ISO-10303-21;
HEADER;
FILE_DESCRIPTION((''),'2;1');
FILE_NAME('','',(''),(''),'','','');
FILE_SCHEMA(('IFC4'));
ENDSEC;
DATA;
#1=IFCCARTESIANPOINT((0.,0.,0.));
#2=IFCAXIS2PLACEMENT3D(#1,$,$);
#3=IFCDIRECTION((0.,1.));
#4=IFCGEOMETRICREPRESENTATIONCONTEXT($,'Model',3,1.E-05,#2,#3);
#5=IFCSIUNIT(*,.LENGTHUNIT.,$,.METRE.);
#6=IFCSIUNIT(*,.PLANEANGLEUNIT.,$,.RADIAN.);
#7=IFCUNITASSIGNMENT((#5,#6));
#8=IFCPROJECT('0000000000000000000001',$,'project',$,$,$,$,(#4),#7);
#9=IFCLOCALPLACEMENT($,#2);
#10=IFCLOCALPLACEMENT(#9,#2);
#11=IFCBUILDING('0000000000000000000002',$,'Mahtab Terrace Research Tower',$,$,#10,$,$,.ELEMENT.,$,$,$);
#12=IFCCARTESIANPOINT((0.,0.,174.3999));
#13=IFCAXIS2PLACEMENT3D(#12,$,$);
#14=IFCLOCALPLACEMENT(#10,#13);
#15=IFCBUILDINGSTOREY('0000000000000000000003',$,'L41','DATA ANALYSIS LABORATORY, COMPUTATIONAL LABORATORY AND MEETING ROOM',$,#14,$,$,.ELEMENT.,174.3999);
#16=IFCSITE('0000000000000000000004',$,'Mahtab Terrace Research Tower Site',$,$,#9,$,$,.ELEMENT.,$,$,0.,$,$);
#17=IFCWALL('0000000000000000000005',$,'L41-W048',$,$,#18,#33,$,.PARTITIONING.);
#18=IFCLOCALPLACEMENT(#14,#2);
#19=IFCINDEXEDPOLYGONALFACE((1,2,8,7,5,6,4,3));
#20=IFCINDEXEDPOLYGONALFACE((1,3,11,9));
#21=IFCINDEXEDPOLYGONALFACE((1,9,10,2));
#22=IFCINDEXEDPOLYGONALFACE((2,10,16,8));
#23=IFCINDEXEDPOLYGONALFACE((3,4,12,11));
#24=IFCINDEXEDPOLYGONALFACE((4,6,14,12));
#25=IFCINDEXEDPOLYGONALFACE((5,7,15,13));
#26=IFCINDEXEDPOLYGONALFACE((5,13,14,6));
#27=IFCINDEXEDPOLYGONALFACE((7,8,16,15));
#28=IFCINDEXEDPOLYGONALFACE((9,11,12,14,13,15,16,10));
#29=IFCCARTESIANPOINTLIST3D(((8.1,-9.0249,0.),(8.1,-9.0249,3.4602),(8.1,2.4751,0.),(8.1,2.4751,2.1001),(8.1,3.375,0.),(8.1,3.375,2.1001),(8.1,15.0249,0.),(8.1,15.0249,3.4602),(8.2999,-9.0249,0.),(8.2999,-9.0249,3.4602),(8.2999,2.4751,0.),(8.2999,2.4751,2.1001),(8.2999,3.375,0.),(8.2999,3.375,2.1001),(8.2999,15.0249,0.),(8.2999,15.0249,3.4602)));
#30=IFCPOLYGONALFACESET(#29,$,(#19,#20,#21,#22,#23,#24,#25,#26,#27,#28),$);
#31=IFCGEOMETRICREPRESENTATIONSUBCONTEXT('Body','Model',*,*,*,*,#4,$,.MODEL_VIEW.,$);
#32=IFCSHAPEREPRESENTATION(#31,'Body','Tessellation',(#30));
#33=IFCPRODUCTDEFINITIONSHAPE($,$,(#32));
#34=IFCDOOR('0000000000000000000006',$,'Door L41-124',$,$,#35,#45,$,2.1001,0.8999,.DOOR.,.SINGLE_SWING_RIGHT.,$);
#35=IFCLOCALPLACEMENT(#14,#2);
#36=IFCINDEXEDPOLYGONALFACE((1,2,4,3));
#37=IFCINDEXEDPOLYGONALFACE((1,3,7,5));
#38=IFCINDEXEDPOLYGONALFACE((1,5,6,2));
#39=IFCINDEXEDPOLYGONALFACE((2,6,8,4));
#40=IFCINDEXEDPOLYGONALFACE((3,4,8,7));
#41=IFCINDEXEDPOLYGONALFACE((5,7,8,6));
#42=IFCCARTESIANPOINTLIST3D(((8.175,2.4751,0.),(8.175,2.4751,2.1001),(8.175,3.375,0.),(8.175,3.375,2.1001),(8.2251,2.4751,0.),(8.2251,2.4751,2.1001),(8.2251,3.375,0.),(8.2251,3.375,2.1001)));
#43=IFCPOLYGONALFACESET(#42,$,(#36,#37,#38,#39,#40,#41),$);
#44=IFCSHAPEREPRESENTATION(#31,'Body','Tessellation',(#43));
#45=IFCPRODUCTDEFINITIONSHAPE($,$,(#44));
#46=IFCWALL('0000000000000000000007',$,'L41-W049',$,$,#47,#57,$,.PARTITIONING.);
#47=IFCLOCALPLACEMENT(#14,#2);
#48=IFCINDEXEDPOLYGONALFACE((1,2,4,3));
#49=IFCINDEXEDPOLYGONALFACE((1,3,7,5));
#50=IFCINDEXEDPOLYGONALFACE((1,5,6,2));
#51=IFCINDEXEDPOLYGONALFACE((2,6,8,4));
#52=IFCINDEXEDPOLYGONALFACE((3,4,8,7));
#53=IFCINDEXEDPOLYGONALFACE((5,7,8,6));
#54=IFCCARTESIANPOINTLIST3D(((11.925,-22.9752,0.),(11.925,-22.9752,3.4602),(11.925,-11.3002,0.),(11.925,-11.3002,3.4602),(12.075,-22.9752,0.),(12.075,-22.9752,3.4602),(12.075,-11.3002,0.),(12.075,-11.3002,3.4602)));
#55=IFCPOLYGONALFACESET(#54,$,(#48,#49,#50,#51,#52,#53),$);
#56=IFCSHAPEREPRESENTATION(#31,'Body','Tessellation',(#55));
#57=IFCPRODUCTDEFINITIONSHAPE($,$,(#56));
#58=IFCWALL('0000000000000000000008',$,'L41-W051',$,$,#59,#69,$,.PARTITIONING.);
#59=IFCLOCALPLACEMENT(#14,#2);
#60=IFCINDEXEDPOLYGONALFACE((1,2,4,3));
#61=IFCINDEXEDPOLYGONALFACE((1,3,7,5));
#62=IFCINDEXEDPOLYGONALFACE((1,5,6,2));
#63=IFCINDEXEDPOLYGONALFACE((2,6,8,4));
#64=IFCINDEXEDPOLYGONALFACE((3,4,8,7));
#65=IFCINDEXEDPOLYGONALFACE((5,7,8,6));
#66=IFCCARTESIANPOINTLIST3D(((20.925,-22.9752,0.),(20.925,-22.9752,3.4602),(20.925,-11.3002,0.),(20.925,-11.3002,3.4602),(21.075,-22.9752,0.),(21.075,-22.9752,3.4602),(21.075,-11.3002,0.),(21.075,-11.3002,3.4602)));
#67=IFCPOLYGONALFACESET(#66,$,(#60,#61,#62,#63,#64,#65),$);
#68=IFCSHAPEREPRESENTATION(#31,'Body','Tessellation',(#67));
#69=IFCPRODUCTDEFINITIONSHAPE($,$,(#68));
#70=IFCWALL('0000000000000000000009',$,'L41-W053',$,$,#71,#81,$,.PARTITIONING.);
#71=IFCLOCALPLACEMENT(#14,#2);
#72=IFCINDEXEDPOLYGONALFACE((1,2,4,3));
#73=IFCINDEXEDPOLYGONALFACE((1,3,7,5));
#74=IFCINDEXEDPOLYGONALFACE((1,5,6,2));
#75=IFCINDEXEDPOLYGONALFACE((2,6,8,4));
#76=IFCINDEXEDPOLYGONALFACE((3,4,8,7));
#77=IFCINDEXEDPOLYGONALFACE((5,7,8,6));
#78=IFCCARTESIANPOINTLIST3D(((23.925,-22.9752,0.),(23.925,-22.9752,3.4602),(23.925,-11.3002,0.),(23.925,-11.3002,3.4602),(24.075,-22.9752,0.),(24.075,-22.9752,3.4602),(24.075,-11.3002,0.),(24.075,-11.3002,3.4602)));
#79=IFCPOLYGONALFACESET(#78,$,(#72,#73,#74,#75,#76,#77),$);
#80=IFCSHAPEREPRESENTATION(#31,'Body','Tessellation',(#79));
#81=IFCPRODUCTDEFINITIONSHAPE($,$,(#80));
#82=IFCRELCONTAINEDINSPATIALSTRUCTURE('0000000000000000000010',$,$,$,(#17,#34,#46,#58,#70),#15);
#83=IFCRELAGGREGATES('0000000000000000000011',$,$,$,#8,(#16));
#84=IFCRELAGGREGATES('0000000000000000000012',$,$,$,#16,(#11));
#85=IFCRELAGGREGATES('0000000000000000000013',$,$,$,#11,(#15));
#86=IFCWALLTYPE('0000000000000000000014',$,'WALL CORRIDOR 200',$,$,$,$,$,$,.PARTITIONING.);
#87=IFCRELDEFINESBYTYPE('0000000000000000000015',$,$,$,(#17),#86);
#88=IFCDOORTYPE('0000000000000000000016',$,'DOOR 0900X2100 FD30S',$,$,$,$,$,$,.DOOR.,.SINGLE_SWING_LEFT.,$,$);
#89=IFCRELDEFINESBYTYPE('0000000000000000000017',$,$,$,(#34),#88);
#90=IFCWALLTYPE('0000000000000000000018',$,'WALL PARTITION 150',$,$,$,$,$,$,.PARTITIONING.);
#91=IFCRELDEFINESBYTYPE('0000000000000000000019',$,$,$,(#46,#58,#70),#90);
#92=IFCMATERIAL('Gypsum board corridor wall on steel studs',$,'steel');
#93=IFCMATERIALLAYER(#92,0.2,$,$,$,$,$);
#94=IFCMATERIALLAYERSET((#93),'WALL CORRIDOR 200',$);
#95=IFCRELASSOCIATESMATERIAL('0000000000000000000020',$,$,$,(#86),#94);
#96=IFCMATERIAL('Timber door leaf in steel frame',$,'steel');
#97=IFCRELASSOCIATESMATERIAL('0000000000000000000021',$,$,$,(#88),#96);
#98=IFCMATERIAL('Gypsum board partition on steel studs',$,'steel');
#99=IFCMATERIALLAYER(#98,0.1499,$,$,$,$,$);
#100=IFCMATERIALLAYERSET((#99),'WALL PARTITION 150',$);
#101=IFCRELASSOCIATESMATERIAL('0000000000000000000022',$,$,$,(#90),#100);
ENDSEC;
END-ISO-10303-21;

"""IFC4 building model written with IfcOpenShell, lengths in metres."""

from ifc_helpers import new_model, si_unit, direction, frame, frame_2d, origin, place, context, subcontext, project, spatial, rectangle, extrude, material, layer, layer_set, type_object, element, fill, save


model = new_model("IFC4")

# Units and contexts
model_context = context("Model", 3, precision=1e-05, world=origin(), true_north=direction((0.0, 1.0)))
body_context = subcontext(model_context, "Body", "Model", "MODEL_VIEW")
ifc_project = project(units=[si_unit("LENGTHUNIT", "METRE"), si_unit("PLANEANGLEUNIT", "RADIAN")], contexts=[model_context])

# Site, building, storey
site_placement = place(None, origin())
site = spatial("IfcSite", under=ifc_project, at=site_placement, Name="Mahtab Terrace Research Tower Site", CompositionType="ELEMENT", RefElevation=0.0)
building_placement = place(site_placement, origin())
building = spatial("IfcBuilding", under=site, at=building_placement, Name="Mahtab Terrace Research Tower", CompositionType="ELEMENT")
storey_placement = place(building_placement, frame((0.0, 0.0, 174.3999)))
storey = spatial("IfcBuildingStorey", under=building, at=storey_placement, Name="L41", Description="DATA ANALYSIS LABORATORY, COMPUTATIONAL LABORATORY AND MEETING ROOM", CompositionType="ELEMENT", Elevation=174.3999)

# Shared definitions
ifc_material_1 = material(Name="Gypsum board corridor wall on steel studs", Category="steel")
ifc_layer_1 = layer(ifc_material_1, 0.2)
ifc_layer_set_1 = layer_set([ifc_layer_1], Name="WALL CORRIDOR 200")
wall_type_1 = type_object("IfcWallType", Name="WALL CORRIDOR 200", PredefinedType="PARTITIONING", material=ifc_layer_set_1)
ifc_material_2 = material(Name="Timber door leaf in steel frame", Category="steel")

# Wall, opening, door
wall_1_placement = place(storey_placement, frame((8.2, -9.0249, 0.0), z_axis=(0.0, 0.0, 1.0), x_axis=(0.0, 1.0, 0.0)))
wall_1 = element("IfcWall", 1, at=wall_1_placement, inside=storey, type_object=wall_type_1, Name="L41-W048", PredefinedType="PARTITIONING", context=body_context, shape_type="SweptSolid", body=[
    extrude(rectangle(XDim=24.0498, YDim=0.2, at=frame_2d((12.0249, 0.0))), origin(), (0.0, 0.0, 1.0), 3.4602),
])
opening_1_placement = place(wall_1_placement, frame((11.5, 0.0, 0.0)))
opening_1 = element("IfcOpeningElement", 2, at=opening_1_placement, cuts=wall_1, PredefinedType="OPENING", context=body_context, shape_type="SweptSolid", body=[
    extrude(rectangle(XDim=0.8999, YDim=2.1001, at=frame_2d((0.45, 1.05))), frame((0.0, 0.1099, 0.0), z_axis=(0.0, -1.0, 0.0), x_axis=(1.0, 0.0, 0.0)), (0.0, 0.0, 1.0), 0.22),
])
door_type_1 = type_object("IfcDoorType", Name="DOOR 0900X2100 FD30S", OperationType="SINGLE_SWING_LEFT", PredefinedType="DOOR", material=ifc_material_2)
door_1_placement = place(opening_1_placement, origin())
door_1 = element("IfcDoor", 3, at=door_1_placement, inside=storey, type_object=door_type_1, Name="Door L41-124", OperationType="SINGLE_SWING_RIGHT", OverallHeight=2.1001, OverallWidth=0.8999, PredefinedType="DOOR", context=body_context, shape_type="SweptSolid", body=[
    extrude(rectangle(XDim=0.8999, YDim=2.1001, at=frame_2d((0.45, 1.05))), frame((0.0, 0.0249, 0.0), z_axis=(0.0, -1.0, 0.0), x_axis=(1.0, 0.0, 0.0)), (0.0, 0.0, 1.0), 0.05),
])
fill(opening_1, door_1)

# Walls
ifc_material_3 = material(Name="Gypsum board partition on steel studs", Category="steel")
ifc_layer_2 = layer(ifc_material_3, 0.1499)
ifc_layer_set_2 = layer_set([ifc_layer_2], Name="WALL PARTITION 150")
wall_type_2 = type_object("IfcWallType", Name="WALL PARTITION 150", PredefinedType="PARTITIONING", material=ifc_layer_set_2)
for number, where, z_axis, x_axis, name in (
    (4, (12.0, -22.9751, 0.0), (0.0, 0.0, 1.0), (0.0, 1.0, 0.0), "L41-W049"),
    (5, (21.0, -22.9751, 0.0), (0.0, 0.0, 1.0), (0.0, 1.0, 0.0), "L41-W051"),
    (6, (24.0, -22.9751, 0.0), (0.0, 0.0, 1.0), (0.0, 1.0, 0.0), "L41-W053"),
):
    element("IfcWall", number, at=place(storey_placement, frame(where, z_axis=z_axis, x_axis=x_axis)), inside=storey, type_object=wall_type_2, Name=name, PredefinedType="PARTITIONING", context=body_context, shape_type="SweptSolid", body=[
        extrude(rectangle(XDim=11.675, YDim=0.1499, at=frame_2d((5.8374, 0.0))), origin(), (0.0, 0.0, 1.0), 3.4602),
    ])

save(model, "model.ifc")
